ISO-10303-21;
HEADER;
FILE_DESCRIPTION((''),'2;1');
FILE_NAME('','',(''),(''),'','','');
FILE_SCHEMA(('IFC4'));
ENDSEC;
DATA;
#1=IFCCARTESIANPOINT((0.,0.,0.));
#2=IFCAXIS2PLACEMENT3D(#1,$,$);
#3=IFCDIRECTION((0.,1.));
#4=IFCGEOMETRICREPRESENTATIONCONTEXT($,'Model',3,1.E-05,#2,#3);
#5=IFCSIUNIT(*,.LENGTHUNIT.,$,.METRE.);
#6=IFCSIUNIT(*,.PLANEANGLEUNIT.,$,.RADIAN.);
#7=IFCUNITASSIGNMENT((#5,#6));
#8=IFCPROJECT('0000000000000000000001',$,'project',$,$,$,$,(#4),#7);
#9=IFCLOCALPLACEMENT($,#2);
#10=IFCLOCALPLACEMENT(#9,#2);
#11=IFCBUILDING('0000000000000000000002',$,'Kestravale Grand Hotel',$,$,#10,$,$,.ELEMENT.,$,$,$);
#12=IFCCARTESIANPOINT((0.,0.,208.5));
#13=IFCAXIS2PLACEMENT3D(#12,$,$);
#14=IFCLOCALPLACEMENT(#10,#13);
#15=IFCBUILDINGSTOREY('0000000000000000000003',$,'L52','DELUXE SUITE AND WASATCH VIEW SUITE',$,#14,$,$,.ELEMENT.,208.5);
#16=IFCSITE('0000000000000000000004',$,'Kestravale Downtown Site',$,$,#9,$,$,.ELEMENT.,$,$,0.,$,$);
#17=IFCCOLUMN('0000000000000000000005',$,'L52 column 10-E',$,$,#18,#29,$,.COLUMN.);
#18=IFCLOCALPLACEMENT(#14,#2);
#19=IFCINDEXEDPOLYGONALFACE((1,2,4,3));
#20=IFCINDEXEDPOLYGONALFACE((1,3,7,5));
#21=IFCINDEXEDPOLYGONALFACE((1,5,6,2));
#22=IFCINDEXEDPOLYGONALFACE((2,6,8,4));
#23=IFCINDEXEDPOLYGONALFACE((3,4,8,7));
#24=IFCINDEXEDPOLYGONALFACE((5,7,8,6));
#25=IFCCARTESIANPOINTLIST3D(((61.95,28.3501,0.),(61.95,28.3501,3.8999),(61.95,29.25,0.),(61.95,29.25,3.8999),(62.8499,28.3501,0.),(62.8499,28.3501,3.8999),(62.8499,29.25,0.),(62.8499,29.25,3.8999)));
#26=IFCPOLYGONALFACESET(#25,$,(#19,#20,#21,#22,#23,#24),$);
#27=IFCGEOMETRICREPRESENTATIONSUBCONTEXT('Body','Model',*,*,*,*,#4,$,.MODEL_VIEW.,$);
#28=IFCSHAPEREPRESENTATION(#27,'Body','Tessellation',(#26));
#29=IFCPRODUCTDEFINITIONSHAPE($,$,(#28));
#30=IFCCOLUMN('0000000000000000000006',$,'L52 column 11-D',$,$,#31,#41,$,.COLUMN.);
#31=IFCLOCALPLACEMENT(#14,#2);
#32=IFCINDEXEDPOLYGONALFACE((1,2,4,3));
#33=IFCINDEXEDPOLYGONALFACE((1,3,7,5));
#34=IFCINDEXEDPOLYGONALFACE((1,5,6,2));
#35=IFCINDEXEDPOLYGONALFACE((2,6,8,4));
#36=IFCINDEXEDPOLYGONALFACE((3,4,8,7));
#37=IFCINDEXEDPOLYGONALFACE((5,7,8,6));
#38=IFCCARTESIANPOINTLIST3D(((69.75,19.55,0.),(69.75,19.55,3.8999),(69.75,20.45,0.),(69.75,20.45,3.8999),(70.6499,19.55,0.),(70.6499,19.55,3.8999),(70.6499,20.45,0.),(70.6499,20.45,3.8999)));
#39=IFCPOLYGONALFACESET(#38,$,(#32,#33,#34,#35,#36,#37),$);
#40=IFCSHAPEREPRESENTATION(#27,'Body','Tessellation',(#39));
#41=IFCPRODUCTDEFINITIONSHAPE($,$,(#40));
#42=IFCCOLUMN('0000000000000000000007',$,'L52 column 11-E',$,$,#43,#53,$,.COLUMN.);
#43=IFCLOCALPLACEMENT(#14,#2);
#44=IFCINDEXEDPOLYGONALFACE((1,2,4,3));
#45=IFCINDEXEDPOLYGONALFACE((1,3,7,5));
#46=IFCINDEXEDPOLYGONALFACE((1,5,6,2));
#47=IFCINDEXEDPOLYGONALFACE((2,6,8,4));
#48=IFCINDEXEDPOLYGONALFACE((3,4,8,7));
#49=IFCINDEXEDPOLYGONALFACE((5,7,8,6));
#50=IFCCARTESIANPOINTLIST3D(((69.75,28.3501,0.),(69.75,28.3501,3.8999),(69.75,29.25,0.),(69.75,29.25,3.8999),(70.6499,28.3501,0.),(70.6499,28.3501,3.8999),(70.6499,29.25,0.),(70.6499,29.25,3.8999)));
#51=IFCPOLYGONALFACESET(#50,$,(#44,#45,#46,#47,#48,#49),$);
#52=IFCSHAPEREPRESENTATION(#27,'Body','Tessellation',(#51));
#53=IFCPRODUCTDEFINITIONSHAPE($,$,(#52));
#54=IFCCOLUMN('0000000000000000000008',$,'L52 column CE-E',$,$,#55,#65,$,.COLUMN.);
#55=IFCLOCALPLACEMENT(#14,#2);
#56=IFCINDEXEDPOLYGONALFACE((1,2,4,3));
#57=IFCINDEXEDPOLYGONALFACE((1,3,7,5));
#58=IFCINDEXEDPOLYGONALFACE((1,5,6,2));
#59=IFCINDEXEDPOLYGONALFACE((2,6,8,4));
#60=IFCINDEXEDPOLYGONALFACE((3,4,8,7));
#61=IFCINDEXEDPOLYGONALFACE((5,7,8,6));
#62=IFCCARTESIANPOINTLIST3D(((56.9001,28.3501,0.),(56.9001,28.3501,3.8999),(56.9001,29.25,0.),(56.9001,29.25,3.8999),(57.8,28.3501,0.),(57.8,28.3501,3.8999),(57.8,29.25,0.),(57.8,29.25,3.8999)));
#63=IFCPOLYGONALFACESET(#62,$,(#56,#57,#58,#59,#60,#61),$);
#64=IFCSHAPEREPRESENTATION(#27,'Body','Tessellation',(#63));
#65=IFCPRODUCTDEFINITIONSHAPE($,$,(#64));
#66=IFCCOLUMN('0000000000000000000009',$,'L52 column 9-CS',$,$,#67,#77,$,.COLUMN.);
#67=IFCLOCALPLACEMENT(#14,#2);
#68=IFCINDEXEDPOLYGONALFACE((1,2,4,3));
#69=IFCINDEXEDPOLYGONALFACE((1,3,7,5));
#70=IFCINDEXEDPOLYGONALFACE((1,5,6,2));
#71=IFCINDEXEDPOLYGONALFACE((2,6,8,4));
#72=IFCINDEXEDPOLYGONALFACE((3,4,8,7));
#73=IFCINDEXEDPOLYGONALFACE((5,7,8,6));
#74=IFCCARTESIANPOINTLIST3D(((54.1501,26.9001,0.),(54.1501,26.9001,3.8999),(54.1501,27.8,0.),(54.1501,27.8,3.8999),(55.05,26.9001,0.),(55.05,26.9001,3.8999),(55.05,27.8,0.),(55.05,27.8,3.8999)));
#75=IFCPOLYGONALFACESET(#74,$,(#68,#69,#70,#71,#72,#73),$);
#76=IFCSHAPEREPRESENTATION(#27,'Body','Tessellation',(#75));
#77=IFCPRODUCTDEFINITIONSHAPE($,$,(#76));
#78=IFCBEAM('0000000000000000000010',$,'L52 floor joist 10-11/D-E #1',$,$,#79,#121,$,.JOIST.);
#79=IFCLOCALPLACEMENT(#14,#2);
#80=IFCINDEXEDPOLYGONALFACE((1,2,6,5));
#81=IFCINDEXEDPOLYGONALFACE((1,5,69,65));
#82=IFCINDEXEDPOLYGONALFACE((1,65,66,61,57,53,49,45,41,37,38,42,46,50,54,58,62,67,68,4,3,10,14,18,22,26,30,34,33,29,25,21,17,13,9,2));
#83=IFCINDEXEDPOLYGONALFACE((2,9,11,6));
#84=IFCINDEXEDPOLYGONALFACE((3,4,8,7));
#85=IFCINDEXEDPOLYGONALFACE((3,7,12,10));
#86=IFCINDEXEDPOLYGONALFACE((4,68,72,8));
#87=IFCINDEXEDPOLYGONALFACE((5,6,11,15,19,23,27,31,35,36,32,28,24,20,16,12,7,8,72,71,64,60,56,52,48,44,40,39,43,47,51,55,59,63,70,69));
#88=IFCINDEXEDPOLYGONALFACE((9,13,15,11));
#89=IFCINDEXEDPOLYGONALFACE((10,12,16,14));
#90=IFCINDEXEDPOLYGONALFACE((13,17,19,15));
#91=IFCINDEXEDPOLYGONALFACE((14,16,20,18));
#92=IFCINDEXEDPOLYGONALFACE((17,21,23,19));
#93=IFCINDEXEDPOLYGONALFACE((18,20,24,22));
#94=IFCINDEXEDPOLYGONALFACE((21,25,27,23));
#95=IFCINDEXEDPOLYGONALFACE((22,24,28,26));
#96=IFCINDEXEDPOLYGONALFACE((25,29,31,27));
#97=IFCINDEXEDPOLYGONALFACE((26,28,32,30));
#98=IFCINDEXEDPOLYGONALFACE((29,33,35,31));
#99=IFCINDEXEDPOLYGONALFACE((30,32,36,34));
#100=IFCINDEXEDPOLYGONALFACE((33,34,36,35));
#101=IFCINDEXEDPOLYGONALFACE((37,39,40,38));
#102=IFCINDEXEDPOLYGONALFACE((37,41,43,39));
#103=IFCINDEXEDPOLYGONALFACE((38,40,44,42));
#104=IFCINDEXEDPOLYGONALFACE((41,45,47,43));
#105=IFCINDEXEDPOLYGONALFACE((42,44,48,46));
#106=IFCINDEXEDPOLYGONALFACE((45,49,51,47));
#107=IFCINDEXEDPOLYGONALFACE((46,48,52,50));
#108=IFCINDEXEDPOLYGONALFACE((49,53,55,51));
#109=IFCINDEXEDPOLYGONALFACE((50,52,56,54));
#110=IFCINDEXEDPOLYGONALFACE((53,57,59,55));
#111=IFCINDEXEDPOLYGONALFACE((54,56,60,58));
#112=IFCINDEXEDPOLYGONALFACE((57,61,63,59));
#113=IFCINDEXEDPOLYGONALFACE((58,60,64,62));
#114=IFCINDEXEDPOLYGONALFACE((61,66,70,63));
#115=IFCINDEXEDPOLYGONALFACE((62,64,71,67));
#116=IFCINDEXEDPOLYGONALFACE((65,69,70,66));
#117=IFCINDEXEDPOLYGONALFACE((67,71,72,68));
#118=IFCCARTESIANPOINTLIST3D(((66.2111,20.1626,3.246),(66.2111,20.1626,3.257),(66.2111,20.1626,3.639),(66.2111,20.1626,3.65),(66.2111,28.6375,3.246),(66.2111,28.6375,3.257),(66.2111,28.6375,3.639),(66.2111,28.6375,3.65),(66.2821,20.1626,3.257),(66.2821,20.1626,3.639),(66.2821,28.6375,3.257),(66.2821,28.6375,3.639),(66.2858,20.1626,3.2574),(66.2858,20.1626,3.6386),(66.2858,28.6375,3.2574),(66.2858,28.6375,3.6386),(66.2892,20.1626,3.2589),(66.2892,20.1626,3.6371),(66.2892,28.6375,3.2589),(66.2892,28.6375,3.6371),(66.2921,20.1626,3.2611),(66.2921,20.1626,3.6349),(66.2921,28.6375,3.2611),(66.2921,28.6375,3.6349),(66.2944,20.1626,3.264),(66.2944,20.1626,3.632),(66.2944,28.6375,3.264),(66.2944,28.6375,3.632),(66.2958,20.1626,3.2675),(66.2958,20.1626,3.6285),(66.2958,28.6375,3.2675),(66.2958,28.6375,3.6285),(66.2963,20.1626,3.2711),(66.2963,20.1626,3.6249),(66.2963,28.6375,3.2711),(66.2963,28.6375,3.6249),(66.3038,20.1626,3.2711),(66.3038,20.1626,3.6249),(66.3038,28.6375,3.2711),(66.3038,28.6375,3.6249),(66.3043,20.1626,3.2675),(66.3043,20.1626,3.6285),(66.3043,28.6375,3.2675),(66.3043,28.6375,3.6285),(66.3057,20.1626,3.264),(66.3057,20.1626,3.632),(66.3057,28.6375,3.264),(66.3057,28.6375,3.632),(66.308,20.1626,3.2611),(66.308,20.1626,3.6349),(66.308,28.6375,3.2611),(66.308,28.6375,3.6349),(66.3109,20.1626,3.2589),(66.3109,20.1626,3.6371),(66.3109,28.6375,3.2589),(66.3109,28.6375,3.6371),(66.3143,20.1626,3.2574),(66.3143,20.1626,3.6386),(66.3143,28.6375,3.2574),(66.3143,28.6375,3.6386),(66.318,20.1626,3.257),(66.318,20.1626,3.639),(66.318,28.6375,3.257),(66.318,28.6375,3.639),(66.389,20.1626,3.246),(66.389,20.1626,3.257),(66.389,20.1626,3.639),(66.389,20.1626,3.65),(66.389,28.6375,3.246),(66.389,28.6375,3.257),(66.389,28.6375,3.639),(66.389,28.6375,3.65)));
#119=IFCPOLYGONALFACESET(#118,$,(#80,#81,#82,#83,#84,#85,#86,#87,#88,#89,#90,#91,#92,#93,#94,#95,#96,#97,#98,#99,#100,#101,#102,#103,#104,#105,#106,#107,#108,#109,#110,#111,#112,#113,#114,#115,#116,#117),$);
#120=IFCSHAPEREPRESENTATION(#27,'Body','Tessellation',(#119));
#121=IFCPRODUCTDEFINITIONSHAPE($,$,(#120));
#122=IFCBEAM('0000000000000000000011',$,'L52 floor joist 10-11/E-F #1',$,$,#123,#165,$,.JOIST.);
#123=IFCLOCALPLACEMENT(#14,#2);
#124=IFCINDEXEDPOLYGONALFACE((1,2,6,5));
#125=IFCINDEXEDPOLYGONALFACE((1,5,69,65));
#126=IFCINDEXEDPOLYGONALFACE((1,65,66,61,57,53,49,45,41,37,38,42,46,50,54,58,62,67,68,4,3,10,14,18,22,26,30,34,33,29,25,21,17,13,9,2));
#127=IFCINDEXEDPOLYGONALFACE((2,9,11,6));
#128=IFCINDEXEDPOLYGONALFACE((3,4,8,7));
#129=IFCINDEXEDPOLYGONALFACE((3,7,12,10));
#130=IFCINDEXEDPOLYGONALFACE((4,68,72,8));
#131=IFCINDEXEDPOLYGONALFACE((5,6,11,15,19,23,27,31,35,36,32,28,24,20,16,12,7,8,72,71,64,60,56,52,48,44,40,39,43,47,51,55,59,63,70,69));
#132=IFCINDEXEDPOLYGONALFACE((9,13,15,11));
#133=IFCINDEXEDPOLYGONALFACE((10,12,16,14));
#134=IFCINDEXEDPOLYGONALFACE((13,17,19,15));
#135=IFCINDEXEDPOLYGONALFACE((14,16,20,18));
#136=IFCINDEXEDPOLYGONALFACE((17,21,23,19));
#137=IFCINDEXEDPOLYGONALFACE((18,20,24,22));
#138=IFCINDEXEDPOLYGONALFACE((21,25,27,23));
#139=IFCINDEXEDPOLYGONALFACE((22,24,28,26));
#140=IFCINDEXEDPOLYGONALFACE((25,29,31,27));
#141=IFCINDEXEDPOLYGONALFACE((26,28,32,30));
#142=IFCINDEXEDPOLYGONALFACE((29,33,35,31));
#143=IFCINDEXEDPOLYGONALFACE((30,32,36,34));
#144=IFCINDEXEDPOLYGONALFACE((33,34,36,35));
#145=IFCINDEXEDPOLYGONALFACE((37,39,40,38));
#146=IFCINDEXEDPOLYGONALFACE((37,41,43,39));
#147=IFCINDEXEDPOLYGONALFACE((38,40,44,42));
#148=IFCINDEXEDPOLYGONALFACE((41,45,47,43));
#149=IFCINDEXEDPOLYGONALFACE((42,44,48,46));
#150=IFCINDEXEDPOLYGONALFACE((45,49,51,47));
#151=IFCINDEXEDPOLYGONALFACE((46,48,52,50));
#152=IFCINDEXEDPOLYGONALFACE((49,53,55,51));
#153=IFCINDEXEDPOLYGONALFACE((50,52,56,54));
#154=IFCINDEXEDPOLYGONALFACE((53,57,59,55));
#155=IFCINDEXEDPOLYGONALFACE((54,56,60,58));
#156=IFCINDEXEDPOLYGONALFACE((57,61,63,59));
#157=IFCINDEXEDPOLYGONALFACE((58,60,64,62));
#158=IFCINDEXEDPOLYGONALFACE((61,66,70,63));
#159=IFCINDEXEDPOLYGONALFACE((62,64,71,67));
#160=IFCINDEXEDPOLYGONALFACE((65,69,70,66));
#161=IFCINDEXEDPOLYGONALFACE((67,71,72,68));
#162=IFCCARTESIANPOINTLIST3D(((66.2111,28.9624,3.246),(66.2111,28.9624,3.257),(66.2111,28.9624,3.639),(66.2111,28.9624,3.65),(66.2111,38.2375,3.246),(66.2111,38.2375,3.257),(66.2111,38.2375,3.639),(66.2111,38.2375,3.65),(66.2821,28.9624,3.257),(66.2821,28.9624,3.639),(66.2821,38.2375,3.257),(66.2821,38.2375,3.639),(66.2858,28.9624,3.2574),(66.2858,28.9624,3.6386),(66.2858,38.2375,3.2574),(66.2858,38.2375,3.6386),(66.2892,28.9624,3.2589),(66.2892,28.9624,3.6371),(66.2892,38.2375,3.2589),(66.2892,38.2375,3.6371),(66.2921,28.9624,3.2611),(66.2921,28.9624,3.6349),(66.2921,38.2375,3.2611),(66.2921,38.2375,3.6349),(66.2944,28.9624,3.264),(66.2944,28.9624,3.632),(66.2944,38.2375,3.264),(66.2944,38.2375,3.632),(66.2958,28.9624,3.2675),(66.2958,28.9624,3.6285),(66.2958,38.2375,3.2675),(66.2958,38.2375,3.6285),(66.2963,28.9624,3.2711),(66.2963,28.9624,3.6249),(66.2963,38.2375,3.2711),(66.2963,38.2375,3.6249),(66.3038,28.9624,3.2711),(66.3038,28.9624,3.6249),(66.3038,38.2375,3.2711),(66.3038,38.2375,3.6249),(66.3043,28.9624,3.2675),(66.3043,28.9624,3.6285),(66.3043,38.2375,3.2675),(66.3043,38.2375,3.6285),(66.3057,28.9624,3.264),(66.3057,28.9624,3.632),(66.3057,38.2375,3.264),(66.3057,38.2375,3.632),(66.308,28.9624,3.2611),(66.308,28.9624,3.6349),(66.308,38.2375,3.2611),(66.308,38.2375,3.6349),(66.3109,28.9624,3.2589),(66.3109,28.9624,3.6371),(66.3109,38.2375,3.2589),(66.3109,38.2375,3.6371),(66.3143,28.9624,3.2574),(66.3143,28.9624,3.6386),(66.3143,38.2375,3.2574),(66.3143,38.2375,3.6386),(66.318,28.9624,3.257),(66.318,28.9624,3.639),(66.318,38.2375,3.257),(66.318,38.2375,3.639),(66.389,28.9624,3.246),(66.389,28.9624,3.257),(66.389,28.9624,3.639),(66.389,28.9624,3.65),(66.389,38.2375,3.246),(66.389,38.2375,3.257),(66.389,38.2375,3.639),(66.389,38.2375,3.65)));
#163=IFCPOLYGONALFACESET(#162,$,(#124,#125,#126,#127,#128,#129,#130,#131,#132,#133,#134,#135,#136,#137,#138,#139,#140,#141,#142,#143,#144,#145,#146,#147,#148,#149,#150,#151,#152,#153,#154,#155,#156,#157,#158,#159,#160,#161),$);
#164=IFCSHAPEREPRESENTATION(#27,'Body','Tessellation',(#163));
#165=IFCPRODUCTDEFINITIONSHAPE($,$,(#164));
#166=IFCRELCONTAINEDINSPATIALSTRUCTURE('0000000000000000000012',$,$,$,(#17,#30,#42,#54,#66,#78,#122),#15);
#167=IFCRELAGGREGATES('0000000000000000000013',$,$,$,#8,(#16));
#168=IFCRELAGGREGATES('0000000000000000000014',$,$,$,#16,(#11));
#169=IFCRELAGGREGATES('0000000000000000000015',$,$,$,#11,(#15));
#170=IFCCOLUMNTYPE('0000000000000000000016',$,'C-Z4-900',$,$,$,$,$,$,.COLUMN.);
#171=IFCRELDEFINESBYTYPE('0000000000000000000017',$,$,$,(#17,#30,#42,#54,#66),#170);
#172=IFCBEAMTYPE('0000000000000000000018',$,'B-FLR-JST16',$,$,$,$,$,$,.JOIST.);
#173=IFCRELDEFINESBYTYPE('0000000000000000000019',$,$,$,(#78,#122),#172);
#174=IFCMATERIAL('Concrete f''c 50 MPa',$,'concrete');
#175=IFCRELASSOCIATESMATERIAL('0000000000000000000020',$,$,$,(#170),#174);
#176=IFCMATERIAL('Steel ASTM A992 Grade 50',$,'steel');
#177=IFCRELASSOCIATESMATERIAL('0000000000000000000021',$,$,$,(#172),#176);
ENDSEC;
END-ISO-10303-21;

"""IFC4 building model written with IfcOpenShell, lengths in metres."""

from ifc_helpers import new_model, si_unit, direction, frame, origin, origin_2d, place, context, subcontext, project, spatial, rectangle, i_section, extrude, material, material_profile, profile_set, type_object, element, save


model = new_model("IFC4")

# Units and contexts
model_context = context("Model", 3, precision=1e-05, world=origin(), true_north=direction((0.0, 1.0)))
body_context = subcontext(model_context, "Body", "Model", "MODEL_VIEW")
ifc_project = project(units=[si_unit("LENGTHUNIT", "METRE"), si_unit("PLANEANGLEUNIT", "RADIAN")], contexts=[model_context])

# Site, building, storey
site_placement = place(None, origin())
site = spatial("IfcSite", under=ifc_project, at=site_placement, Name="Kestravale Downtown Site", CompositionType="ELEMENT", RefElevation=0.0)
building_placement = place(site_placement, origin())
building = spatial("IfcBuilding", under=site, at=building_placement, Name="Kestravale Grand Hotel", CompositionType="ELEMENT")
storey_placement = place(building_placement, frame((0.0, 0.0, 208.5)))
storey = spatial("IfcBuildingStorey", under=building, at=storey_placement, Name="L52", Description="DELUXE SUITE AND WASATCH VIEW SUITE", CompositionType="ELEMENT", Elevation=208.5)

# Columns
ifc_material_1 = material(Name="Concrete f'c 50 MPa", Category="concrete")
ifc_material_profile_1 = material_profile(ifc_material_1, rectangle(XDim=0.8999, YDim=0.8999, at=origin_2d()))
ifc_profile_set_1 = profile_set([ifc_material_profile_1], Name="Concrete f'c 50 MPa")
column_type = type_object("IfcColumnType", Name="C-Z4-900", PredefinedType="COLUMN", material=ifc_profile_set_1)
for number, where, z_axis, x_axis, name in (
    (1, (62.3999, 28.8, 0.0), (0.0, 0.0, 1.0), (1.0, 0.0, 0.0), "L52 column 10-E"),
    (2, (70.2, 20.0, 0.0), (0.0, 0.0, 1.0), (1.0, 0.0, 0.0), "L52 column 11-D"),
    (3, (70.2, 28.8, 0.0), (0.0, 0.0, 1.0), (1.0, 0.0, 0.0), "L52 column 11-E"),
    (4, (57.3501, 28.8, 0.0), (0.0, 0.0, 1.0), (1.0, 0.0, 0.0), "L52 column CE-E"),
    (5, (54.6001, 27.3501, 0.0), (0.0, 0.0, 1.0), (1.0, 0.0, 0.0), "L52 column 9-CS"),
):
    element("IfcColumn", number, at=place(storey_placement, frame(where, z_axis=z_axis, x_axis=x_axis)), inside=storey, type_object=column_type, Name=name, PredefinedType="COLUMN", context=body_context, shape_type="SweptSolid", body=[
        extrude(rectangle(XDim=0.8999, YDim=0.8999, at=origin_2d()), origin(), (0.0, 0.0, 1.0), 3.8999),
    ])

# Beams
ifc_material_2 = material(Name="Steel ASTM A992 Grade 50", Category="steel")
ifc_material_profile_2 = material_profile(ifc_material_2, i_section(OverallWidth=0.178, OverallDepth=0.4041, WebThickness=0.0076, FlangeThickness=0.011, FilletRadius=0.0142, at=origin_2d()))
ifc_profile_set_2 = profile_set([ifc_material_profile_2], Name="Steel ASTM A992 Grade 50")
beam_type_1 = type_object("IfcBeamType", Name="B-FLR-JST16", PredefinedType="JOIST", material=ifc_profile_set_2)
beam_1_placement = place(storey_placement, frame((66.3, 20.1626, 3.448), z_axis=(0.0, 1.0, 0.0), x_axis=(-1.0, 0.0, 0.0)))
element("IfcBeam", 6, at=beam_1_placement, inside=storey, type_object=beam_type_1, Name="L52 floor joist 10-11/D-E #1", PredefinedType="JOIST", context=body_context, shape_type="SweptSolid", body=[
    extrude(i_section(OverallWidth=0.178, OverallDepth=0.4041, WebThickness=0.0076, FlangeThickness=0.011, FilletRadius=0.0142, at=origin_2d()), origin(), (0.0, 0.0, 1.0), 8.4749),
])
beam_2_placement = place(storey_placement, frame((66.3, 28.9624, 3.448), z_axis=(0.0, 1.0, 0.0), x_axis=(-1.0, 0.0, 0.0)))
element("IfcBeam", 7, at=beam_2_placement, inside=storey, type_object=beam_type_1, Name="L52 floor joist 10-11/E-F #1", PredefinedType="JOIST", context=body_context, shape_type="SweptSolid", body=[
    extrude(i_section(OverallWidth=0.178, OverallDepth=0.4041, WebThickness=0.0076, FlangeThickness=0.011, FilletRadius=0.0142, at=origin_2d()), origin(), (0.0, 0.0, 1.0), 9.2751),
])

save(model, "model.ifc")
